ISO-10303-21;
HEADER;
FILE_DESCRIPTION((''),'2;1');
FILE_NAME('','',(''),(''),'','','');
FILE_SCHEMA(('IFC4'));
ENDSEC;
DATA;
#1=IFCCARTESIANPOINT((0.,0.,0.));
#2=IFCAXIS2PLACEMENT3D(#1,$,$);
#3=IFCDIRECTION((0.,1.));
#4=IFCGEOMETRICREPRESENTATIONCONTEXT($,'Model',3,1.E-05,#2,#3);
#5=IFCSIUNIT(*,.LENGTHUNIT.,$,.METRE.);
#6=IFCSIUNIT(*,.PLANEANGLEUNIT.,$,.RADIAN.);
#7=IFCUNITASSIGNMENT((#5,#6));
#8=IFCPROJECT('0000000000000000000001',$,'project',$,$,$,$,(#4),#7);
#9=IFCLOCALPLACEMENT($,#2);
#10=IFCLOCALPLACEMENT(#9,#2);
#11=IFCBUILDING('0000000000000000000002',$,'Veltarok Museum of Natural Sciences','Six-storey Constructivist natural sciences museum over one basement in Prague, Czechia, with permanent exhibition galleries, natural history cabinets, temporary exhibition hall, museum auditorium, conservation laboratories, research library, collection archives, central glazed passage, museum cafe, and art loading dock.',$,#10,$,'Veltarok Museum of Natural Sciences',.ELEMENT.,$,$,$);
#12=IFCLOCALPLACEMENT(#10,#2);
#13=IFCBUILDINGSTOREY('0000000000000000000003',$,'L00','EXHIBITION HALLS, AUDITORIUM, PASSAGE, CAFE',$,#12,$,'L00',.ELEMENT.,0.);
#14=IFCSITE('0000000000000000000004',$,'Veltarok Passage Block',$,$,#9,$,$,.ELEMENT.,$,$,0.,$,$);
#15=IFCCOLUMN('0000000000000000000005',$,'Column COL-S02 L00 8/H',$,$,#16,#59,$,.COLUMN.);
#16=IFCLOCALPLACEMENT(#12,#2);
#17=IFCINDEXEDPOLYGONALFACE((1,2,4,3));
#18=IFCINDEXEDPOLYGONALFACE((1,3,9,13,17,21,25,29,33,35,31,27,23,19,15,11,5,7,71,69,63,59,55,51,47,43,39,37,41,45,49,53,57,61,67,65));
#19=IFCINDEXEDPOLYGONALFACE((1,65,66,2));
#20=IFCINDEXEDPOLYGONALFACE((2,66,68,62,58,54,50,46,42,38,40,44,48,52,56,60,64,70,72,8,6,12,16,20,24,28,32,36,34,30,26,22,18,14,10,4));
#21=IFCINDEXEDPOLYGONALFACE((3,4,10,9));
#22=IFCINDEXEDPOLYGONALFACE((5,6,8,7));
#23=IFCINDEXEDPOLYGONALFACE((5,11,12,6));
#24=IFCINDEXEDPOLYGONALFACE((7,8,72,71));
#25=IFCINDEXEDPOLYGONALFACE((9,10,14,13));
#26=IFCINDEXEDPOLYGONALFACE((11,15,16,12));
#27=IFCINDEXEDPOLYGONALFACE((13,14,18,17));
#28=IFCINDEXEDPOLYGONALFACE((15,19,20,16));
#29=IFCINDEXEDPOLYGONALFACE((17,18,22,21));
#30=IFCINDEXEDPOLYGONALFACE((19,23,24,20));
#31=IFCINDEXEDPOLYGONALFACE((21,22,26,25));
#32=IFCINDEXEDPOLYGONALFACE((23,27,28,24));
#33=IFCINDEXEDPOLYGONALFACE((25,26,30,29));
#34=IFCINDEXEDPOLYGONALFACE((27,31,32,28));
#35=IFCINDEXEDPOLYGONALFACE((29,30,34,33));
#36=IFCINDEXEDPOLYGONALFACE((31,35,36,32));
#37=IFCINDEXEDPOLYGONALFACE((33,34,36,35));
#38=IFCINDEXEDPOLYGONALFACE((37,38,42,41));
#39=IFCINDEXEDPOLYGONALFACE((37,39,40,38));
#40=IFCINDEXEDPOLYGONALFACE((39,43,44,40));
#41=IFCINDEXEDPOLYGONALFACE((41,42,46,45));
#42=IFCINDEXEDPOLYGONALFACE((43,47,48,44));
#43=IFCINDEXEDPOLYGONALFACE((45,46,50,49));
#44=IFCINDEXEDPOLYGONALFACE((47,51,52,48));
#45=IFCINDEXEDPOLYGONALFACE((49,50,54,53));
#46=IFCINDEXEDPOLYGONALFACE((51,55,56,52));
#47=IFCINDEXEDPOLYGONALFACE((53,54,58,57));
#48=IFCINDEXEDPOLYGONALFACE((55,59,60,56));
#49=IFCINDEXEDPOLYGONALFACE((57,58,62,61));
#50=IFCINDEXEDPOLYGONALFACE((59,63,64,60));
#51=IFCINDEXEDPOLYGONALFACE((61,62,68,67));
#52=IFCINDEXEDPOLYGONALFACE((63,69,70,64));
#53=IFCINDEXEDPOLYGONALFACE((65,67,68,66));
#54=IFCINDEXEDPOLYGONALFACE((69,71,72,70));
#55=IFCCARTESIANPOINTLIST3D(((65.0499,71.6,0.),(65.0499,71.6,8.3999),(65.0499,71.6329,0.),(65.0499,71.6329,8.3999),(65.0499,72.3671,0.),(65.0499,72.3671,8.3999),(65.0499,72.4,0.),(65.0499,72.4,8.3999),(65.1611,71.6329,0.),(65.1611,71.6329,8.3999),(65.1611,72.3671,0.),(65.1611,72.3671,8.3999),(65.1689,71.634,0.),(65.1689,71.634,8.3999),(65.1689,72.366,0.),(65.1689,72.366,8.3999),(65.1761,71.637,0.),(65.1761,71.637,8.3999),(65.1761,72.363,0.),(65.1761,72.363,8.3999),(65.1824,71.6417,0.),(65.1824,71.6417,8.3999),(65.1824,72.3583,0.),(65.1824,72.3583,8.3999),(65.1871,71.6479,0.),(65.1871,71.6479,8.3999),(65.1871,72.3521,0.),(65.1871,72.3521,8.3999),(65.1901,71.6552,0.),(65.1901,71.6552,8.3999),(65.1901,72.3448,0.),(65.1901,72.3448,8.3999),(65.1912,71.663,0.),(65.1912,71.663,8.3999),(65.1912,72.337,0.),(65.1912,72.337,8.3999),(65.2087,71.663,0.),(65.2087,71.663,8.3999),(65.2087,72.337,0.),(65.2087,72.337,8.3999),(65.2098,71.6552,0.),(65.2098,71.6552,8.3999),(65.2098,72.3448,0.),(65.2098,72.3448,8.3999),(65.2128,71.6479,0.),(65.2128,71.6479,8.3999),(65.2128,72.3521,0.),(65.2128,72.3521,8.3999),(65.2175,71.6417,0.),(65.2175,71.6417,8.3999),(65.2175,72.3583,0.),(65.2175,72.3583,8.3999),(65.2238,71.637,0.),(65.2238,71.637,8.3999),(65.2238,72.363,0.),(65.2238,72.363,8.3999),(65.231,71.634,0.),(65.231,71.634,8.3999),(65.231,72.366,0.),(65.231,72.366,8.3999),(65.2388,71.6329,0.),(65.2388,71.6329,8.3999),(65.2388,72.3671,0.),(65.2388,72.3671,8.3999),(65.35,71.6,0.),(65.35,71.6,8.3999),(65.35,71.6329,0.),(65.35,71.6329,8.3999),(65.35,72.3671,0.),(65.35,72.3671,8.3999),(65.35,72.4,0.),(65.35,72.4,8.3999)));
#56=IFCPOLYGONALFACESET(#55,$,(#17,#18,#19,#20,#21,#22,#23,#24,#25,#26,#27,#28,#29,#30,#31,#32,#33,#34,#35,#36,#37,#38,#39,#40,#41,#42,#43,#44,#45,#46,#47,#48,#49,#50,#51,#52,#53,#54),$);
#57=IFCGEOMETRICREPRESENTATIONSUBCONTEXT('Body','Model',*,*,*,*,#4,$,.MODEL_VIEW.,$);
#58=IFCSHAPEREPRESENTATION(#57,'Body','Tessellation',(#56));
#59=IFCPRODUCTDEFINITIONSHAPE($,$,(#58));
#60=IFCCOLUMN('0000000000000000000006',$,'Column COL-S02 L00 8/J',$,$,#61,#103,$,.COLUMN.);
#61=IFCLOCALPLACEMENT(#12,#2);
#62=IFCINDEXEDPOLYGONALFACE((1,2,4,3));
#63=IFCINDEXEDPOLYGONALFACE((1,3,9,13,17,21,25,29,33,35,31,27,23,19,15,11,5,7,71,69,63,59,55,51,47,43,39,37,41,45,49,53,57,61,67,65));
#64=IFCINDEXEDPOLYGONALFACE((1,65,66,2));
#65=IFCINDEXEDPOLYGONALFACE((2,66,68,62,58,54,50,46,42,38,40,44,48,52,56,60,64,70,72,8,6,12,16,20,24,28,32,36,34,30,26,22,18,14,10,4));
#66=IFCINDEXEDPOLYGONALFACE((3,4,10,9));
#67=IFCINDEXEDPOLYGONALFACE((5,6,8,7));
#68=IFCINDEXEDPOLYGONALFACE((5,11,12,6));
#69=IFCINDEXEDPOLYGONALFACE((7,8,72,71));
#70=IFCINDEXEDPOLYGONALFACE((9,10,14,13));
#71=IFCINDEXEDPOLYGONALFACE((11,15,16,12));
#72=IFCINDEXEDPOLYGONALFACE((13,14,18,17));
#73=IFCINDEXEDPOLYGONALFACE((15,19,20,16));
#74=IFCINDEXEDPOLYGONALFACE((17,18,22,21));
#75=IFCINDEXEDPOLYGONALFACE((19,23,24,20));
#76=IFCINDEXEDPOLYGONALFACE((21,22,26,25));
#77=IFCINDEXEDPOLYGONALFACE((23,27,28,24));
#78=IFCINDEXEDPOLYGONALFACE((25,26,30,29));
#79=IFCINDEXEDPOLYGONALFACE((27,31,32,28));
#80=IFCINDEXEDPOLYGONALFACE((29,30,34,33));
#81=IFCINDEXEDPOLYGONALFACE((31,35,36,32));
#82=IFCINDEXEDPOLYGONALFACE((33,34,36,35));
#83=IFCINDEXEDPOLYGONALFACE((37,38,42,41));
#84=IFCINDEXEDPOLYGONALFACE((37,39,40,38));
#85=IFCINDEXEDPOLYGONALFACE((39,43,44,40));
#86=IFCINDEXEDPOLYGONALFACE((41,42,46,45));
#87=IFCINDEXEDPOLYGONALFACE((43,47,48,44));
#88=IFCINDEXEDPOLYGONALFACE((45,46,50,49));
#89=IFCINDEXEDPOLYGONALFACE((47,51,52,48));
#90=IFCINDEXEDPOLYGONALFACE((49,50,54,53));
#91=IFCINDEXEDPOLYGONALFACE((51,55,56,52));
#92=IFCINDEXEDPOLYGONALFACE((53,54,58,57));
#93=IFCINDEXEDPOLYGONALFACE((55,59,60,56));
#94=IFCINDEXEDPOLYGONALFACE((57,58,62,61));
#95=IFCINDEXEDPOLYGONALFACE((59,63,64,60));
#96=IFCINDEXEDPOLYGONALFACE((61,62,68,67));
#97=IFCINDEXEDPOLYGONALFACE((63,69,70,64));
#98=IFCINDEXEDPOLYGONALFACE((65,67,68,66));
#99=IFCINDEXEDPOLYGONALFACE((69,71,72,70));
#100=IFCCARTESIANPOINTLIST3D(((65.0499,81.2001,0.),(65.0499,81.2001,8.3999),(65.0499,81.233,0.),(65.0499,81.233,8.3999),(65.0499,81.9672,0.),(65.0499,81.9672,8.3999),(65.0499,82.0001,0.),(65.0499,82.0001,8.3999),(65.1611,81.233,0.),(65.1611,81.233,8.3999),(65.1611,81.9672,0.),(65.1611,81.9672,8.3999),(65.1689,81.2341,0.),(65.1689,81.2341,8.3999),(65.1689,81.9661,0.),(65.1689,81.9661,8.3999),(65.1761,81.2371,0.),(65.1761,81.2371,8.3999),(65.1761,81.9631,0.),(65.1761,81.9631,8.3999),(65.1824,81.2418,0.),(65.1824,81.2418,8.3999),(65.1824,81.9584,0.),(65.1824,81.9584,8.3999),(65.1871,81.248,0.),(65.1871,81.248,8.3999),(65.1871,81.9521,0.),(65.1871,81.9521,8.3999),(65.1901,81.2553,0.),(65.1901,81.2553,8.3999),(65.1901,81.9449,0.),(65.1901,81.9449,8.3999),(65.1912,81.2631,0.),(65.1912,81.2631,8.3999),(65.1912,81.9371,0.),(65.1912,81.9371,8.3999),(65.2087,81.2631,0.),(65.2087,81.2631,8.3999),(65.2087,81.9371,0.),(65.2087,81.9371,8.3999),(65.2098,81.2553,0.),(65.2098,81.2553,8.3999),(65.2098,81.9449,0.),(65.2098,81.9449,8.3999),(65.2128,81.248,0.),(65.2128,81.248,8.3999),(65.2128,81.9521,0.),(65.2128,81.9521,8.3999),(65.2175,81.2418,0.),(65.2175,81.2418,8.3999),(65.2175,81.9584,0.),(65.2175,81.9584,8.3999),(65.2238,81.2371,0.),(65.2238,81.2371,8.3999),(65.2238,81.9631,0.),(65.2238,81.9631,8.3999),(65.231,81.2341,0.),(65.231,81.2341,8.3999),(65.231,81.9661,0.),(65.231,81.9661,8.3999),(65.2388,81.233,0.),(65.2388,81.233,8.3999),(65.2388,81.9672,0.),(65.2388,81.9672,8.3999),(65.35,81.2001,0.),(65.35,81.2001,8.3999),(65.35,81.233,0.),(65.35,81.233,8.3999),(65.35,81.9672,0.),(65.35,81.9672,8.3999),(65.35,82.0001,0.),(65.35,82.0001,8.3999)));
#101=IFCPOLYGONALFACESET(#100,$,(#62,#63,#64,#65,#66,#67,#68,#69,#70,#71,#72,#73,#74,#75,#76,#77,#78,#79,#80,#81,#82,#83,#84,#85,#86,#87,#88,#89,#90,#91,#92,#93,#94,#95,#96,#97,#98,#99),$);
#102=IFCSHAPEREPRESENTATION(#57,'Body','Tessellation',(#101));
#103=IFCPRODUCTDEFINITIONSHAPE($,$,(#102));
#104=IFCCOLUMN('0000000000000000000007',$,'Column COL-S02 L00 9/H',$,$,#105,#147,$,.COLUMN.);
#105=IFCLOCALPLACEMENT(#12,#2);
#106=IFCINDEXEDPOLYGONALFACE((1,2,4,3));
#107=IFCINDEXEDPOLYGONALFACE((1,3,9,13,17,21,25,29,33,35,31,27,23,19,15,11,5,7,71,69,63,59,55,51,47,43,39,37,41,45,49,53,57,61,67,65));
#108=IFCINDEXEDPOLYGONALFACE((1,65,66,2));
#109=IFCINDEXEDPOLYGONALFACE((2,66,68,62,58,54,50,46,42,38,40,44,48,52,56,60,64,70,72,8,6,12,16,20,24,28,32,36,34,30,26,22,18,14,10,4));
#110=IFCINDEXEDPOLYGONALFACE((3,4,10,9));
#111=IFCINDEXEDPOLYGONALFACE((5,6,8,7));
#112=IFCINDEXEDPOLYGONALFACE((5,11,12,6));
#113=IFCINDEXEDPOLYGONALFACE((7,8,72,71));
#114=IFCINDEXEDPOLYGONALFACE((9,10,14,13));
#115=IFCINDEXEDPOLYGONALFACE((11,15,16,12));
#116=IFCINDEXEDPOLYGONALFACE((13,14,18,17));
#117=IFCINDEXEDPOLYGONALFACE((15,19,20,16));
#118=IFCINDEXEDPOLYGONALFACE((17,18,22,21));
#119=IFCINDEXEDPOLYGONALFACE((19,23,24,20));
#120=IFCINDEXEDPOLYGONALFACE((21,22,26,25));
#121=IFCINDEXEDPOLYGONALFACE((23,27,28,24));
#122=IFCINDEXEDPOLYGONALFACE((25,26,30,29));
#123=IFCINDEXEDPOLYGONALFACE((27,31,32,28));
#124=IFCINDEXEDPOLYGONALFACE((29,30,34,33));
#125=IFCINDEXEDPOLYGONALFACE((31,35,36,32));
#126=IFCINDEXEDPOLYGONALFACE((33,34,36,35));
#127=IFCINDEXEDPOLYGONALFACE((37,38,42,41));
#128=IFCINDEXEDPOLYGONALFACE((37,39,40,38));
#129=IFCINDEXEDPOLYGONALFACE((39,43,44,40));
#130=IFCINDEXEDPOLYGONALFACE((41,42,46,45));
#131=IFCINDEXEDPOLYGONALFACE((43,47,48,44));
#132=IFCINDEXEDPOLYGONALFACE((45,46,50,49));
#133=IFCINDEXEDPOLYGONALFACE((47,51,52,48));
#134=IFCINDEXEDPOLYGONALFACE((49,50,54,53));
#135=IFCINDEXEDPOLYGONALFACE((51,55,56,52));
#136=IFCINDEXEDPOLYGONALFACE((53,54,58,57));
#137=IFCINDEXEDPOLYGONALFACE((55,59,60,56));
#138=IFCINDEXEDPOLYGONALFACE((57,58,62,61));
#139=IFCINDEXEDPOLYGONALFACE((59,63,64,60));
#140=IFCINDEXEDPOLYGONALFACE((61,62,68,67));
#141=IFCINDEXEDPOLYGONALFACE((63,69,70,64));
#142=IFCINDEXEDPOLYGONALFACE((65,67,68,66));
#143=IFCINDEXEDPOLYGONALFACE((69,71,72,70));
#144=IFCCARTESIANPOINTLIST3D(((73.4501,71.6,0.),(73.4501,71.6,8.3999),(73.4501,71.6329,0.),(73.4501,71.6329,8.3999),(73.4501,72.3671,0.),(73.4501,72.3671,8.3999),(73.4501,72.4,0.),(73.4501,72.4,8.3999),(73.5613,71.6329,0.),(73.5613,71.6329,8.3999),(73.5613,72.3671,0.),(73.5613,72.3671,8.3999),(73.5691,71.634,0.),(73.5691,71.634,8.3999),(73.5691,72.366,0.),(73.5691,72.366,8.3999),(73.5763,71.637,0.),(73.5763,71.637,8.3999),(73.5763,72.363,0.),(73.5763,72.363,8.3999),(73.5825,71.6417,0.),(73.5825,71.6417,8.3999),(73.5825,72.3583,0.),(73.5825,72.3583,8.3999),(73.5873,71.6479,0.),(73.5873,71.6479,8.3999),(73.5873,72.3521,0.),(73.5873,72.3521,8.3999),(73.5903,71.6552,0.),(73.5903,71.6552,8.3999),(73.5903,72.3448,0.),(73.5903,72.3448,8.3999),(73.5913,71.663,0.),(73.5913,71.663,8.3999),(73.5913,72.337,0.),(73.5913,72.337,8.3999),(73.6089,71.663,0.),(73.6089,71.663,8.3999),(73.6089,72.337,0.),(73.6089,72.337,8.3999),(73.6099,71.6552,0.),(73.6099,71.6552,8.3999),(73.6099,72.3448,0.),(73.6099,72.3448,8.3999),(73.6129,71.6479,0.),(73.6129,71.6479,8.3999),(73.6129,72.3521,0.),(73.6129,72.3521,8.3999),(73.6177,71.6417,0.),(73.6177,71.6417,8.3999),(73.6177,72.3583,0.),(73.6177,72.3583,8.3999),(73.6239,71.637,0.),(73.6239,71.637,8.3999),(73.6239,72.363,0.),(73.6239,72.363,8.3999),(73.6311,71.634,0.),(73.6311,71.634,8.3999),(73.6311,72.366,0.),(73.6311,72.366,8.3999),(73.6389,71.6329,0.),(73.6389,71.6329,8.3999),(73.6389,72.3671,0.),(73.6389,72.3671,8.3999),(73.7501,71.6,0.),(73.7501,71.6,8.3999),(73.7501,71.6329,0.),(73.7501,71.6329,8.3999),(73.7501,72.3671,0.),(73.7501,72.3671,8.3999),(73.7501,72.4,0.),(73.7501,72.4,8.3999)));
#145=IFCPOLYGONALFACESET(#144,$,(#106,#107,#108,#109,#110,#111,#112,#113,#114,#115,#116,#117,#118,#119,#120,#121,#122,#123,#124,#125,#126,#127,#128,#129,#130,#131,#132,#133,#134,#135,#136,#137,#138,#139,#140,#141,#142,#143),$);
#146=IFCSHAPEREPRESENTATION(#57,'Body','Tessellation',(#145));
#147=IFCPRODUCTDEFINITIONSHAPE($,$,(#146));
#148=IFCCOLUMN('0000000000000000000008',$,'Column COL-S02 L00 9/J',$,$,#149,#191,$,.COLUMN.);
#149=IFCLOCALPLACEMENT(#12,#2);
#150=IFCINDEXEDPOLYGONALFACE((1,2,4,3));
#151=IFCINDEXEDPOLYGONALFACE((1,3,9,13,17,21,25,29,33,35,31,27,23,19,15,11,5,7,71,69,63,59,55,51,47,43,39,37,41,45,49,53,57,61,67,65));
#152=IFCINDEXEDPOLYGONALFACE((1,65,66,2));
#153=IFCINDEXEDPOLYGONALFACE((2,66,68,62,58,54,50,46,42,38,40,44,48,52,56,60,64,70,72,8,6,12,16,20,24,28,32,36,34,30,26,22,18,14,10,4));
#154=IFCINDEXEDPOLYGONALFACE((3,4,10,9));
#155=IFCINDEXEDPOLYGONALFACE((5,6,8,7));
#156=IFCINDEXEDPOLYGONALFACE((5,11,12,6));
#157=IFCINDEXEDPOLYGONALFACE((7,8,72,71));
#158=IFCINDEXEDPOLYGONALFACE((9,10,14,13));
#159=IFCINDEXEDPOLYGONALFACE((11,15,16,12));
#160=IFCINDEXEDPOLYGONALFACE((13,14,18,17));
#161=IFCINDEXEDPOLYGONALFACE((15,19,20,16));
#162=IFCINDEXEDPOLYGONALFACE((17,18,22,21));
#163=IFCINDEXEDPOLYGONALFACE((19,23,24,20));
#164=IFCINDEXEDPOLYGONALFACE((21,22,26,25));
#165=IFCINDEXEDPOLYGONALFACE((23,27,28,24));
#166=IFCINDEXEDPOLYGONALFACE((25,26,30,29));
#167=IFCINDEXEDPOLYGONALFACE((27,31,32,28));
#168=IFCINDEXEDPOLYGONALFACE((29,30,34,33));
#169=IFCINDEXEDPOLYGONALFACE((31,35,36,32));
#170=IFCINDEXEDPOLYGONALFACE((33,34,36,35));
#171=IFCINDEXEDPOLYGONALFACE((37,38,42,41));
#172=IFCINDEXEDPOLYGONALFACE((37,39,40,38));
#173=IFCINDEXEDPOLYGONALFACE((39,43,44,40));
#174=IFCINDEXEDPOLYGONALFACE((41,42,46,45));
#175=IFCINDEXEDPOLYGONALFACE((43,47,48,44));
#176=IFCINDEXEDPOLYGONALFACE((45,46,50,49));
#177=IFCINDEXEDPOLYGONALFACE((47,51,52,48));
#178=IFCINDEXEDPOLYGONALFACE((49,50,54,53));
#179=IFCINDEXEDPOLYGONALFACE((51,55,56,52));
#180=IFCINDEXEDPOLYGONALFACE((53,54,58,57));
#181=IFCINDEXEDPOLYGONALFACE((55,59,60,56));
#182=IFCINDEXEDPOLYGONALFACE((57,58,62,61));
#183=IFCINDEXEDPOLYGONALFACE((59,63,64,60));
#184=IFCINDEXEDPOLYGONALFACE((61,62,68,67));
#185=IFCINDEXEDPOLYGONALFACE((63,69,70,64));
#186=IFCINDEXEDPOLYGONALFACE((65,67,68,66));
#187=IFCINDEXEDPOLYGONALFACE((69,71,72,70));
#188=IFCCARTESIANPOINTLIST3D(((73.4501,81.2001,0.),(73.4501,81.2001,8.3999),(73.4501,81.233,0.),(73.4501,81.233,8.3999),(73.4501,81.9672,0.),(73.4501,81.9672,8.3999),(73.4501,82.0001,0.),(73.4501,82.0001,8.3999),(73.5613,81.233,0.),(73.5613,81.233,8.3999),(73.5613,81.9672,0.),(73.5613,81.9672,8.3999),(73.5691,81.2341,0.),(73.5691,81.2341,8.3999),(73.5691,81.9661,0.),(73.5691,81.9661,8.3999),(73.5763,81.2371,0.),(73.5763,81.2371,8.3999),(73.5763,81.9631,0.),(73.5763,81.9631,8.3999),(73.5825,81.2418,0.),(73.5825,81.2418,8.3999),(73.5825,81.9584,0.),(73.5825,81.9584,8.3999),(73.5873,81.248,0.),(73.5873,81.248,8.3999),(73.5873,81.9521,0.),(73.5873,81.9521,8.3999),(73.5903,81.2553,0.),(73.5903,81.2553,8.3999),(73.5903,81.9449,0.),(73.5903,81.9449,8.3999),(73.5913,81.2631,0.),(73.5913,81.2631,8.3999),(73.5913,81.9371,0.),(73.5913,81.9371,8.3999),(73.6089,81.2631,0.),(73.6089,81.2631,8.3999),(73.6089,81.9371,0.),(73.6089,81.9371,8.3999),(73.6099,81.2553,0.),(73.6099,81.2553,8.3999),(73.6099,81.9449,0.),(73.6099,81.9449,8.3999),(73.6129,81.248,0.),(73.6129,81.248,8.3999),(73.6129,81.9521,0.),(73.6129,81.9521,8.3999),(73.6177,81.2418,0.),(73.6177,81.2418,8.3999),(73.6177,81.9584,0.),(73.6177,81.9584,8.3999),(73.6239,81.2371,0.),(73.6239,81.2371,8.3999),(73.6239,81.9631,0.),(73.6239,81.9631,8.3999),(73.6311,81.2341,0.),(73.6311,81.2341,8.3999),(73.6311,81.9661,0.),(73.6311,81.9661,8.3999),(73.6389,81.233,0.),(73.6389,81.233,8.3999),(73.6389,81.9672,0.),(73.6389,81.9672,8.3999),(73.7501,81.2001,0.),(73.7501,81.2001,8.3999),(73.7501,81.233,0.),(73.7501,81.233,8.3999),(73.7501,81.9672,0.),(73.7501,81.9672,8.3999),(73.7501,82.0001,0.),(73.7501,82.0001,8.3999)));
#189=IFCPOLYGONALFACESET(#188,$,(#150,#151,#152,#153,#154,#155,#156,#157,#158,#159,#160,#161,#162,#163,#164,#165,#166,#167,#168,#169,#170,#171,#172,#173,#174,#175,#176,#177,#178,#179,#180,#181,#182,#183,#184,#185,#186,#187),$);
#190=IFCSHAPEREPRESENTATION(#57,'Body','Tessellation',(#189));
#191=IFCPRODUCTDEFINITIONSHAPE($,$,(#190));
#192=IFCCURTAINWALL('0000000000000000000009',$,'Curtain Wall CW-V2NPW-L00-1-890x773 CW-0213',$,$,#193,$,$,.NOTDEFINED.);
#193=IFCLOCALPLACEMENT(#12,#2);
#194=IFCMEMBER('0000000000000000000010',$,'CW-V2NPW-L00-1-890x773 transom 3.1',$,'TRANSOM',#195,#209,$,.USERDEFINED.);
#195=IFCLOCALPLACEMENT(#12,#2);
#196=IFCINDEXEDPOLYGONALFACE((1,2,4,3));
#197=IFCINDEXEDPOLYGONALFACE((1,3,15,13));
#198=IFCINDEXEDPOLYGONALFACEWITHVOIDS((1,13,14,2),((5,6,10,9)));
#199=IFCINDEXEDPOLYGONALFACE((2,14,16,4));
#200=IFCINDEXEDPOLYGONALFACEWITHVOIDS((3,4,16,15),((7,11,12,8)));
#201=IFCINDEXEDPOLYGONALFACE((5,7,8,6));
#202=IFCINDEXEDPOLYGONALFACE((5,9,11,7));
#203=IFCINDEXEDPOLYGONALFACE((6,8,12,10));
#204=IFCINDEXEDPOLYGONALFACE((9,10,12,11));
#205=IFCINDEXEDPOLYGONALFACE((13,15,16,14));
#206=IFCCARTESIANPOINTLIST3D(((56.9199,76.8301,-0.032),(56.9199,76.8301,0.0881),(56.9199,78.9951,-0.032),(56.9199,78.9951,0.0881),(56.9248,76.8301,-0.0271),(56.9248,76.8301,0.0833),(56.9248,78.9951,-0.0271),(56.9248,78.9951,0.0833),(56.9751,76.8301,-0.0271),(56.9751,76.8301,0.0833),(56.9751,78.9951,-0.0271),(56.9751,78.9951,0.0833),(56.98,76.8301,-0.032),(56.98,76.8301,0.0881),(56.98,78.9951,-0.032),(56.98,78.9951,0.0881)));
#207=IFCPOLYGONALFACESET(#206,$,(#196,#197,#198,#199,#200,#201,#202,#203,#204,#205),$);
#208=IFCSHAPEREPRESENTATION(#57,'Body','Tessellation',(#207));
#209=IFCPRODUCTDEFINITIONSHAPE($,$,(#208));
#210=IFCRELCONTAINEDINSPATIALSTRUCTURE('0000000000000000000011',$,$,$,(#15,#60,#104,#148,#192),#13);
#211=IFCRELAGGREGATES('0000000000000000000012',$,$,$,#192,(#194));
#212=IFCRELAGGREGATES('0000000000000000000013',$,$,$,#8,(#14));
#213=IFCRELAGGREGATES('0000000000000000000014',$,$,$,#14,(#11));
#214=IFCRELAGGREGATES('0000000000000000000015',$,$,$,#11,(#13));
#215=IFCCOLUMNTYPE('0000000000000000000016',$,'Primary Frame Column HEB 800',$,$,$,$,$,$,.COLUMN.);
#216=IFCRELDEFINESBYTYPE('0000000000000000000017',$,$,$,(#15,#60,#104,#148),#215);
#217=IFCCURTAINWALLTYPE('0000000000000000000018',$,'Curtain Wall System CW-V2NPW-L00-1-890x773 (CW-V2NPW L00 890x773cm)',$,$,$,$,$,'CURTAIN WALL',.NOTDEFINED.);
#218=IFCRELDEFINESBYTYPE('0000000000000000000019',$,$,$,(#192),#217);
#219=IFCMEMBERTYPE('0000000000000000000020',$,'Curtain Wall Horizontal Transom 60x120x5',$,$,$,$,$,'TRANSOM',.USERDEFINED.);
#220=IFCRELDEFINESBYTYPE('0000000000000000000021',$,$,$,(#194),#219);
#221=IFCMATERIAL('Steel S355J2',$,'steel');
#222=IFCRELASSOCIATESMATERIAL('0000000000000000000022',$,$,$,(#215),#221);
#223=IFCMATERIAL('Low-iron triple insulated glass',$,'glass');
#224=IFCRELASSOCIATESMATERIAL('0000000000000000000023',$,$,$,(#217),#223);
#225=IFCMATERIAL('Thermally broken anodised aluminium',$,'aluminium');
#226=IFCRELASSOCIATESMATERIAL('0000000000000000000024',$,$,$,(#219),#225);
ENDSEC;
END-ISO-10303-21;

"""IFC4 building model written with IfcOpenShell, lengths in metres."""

from ifc_helpers import new_model, si_unit, direction, frame, origin, origin_2d, place, context, subcontext, project, spatial, hollow_rectangle, i_section, extrude, material, material_profile, profile_set, type_object, element, aggregate, save


model = new_model("IFC4")

# Units and contexts
model_context = context("Model", 3, precision=1e-05, world=origin(), true_north=direction((0.0, 1.0)))
body_context = subcontext(model_context, "Body", "Model", "MODEL_VIEW")
ifc_project = project(units=[si_unit("LENGTHUNIT", "METRE"), si_unit("PLANEANGLEUNIT", "RADIAN")], contexts=[model_context])

# Site, building, storey
site_placement = place(None, origin())
site = spatial("IfcSite", under=ifc_project, at=site_placement, Name="Veltarok Passage Block", CompositionType="ELEMENT", RefElevation=0.0)
building_placement = place(site_placement, origin())
building = spatial("IfcBuilding", under=site, at=building_placement, Name="Veltarok Museum of Natural Sciences", Description="Six-storey Constructivist natural sciences museum over one basement in Prague, Czechia, with permanent exhibition galleries, natural history cabinets, temporary exhibition hall, museum auditorium, conservation laboratories, research library, collection archives, central glazed passage, museum cafe, and art loading dock.", LongName="Veltarok Museum of Natural Sciences", CompositionType="ELEMENT")
storey_placement = place(building_placement, origin())
storey = spatial("IfcBuildingStorey", under=building, at=storey_placement, Name="L00", Description="EXHIBITION HALLS, AUDITORIUM, PASSAGE, CAFE", LongName="L00", CompositionType="ELEMENT", Elevation=0.0)

# Columns
ifc_material_1 = material(Name="Steel S355J2", Category="steel")
ifc_material_profile_1 = material_profile(ifc_material_1, i_section(OverallWidth=0.3, OverallDepth=0.8, WebThickness=0.0176, FlangeThickness=0.033, FilletRadius=0.03, at=origin_2d()), Name="HEB 800")
ifc_profile_set_1 = profile_set([ifc_material_profile_1], Name="Steel S355J2")
column_type = type_object("IfcColumnType", Name="Primary Frame Column HEB 800", PredefinedType="COLUMN", material=ifc_profile_set_1)
for number, where, z_axis, x_axis, name in (
    (1, (65.2, 72.0, 0.0), (0.0, 0.0, 1.0), (1.0, 0.0, 0.0), "Column COL-S02 L00 8/H"),
    (2, (65.2, 81.6001, 0.0), (0.0, 0.0, 1.0), (1.0, 0.0, 0.0), "Column COL-S02 L00 8/J"),
    (3, (73.6001, 72.0, 0.0), (0.0, 0.0, 1.0), (1.0, 0.0, 0.0), "Column COL-S02 L00 9/H"),
    (4, (73.6001, 81.6001, 0.0), (0.0, 0.0, 1.0), (1.0, 0.0, 0.0), "Column COL-S02 L00 9/J"),
):
    element("IfcColumn", number, at=place(storey_placement, frame(where, z_axis=z_axis, x_axis=x_axis)), inside=storey, type_object=column_type, Name=name, PredefinedType="COLUMN", context=body_context, shape_type="SweptSolid", body=[
        extrude(i_section(OverallWidth=0.3, OverallDepth=0.8, WebThickness=0.0176, FlangeThickness=0.033, FilletRadius=0.03, at=origin_2d()), origin(), (0.0, 0.0, 1.0), 8.3999),
    ])

# Curtain wall, member
ifc_material_2 = material(Name="Low-iron triple insulated glass", Category="glass")
curtain_wall_type_1 = type_object("IfcCurtainWallType", Name="Curtain Wall System CW-V2NPW-L00-1-890x773 (CW-V2NPW L00 890x773cm)", ElementType="CURTAIN WALL", PredefinedType="NOTDEFINED", material=ifc_material_2)
curtain_wall_1_placement = place(storey_placement, origin())
curtain_wall_1 = element("IfcCurtainWall", 5, at=curtain_wall_1_placement, inside=storey, type_object=curtain_wall_type_1, Name="Curtain Wall CW-V2NPW-L00-1-890x773 CW-0213", PredefinedType="NOTDEFINED")
ifc_material_3 = material(Name="Thermally broken anodised aluminium", Category="aluminium")
ifc_material_profile_2 = material_profile(ifc_material_3, hollow_rectangle(XDim=0.0601, YDim=0.1201, WallThickness=0.0049, at=origin_2d()), Name="CW TRANSOM 60x120x5")
ifc_profile_set_2 = profile_set([ifc_material_profile_2], Name="Thermally broken anodised aluminium")
member_type_1 = type_object("IfcMemberType", Name="Curtain Wall Horizontal Transom 60x120x5", ElementType="TRANSOM", PredefinedType="USERDEFINED", material=ifc_profile_set_2)
member_1_placement = place(storey_placement, frame((56.95, 76.8301, 0.0281), z_axis=(0.0, 1.0, 0.0), x_axis=(-1.0, 0.0, 0.0)))
member_1 = element("IfcMember", 6, at=member_1_placement, type_object=member_type_1, Name="CW-V2NPW-L00-1-890x773 transom 3.1", ObjectType="TRANSOM", PredefinedType="USERDEFINED", context=body_context, shape_type="SweptSolid", body=[
    extrude(hollow_rectangle(XDim=0.0601, YDim=0.1201, WallThickness=0.0049, at=origin_2d()), origin(), (0.0, 0.0, 1.0), 2.165),
])

aggregate(curtain_wall_1, [member_1])

save(model, "model.ifc")
